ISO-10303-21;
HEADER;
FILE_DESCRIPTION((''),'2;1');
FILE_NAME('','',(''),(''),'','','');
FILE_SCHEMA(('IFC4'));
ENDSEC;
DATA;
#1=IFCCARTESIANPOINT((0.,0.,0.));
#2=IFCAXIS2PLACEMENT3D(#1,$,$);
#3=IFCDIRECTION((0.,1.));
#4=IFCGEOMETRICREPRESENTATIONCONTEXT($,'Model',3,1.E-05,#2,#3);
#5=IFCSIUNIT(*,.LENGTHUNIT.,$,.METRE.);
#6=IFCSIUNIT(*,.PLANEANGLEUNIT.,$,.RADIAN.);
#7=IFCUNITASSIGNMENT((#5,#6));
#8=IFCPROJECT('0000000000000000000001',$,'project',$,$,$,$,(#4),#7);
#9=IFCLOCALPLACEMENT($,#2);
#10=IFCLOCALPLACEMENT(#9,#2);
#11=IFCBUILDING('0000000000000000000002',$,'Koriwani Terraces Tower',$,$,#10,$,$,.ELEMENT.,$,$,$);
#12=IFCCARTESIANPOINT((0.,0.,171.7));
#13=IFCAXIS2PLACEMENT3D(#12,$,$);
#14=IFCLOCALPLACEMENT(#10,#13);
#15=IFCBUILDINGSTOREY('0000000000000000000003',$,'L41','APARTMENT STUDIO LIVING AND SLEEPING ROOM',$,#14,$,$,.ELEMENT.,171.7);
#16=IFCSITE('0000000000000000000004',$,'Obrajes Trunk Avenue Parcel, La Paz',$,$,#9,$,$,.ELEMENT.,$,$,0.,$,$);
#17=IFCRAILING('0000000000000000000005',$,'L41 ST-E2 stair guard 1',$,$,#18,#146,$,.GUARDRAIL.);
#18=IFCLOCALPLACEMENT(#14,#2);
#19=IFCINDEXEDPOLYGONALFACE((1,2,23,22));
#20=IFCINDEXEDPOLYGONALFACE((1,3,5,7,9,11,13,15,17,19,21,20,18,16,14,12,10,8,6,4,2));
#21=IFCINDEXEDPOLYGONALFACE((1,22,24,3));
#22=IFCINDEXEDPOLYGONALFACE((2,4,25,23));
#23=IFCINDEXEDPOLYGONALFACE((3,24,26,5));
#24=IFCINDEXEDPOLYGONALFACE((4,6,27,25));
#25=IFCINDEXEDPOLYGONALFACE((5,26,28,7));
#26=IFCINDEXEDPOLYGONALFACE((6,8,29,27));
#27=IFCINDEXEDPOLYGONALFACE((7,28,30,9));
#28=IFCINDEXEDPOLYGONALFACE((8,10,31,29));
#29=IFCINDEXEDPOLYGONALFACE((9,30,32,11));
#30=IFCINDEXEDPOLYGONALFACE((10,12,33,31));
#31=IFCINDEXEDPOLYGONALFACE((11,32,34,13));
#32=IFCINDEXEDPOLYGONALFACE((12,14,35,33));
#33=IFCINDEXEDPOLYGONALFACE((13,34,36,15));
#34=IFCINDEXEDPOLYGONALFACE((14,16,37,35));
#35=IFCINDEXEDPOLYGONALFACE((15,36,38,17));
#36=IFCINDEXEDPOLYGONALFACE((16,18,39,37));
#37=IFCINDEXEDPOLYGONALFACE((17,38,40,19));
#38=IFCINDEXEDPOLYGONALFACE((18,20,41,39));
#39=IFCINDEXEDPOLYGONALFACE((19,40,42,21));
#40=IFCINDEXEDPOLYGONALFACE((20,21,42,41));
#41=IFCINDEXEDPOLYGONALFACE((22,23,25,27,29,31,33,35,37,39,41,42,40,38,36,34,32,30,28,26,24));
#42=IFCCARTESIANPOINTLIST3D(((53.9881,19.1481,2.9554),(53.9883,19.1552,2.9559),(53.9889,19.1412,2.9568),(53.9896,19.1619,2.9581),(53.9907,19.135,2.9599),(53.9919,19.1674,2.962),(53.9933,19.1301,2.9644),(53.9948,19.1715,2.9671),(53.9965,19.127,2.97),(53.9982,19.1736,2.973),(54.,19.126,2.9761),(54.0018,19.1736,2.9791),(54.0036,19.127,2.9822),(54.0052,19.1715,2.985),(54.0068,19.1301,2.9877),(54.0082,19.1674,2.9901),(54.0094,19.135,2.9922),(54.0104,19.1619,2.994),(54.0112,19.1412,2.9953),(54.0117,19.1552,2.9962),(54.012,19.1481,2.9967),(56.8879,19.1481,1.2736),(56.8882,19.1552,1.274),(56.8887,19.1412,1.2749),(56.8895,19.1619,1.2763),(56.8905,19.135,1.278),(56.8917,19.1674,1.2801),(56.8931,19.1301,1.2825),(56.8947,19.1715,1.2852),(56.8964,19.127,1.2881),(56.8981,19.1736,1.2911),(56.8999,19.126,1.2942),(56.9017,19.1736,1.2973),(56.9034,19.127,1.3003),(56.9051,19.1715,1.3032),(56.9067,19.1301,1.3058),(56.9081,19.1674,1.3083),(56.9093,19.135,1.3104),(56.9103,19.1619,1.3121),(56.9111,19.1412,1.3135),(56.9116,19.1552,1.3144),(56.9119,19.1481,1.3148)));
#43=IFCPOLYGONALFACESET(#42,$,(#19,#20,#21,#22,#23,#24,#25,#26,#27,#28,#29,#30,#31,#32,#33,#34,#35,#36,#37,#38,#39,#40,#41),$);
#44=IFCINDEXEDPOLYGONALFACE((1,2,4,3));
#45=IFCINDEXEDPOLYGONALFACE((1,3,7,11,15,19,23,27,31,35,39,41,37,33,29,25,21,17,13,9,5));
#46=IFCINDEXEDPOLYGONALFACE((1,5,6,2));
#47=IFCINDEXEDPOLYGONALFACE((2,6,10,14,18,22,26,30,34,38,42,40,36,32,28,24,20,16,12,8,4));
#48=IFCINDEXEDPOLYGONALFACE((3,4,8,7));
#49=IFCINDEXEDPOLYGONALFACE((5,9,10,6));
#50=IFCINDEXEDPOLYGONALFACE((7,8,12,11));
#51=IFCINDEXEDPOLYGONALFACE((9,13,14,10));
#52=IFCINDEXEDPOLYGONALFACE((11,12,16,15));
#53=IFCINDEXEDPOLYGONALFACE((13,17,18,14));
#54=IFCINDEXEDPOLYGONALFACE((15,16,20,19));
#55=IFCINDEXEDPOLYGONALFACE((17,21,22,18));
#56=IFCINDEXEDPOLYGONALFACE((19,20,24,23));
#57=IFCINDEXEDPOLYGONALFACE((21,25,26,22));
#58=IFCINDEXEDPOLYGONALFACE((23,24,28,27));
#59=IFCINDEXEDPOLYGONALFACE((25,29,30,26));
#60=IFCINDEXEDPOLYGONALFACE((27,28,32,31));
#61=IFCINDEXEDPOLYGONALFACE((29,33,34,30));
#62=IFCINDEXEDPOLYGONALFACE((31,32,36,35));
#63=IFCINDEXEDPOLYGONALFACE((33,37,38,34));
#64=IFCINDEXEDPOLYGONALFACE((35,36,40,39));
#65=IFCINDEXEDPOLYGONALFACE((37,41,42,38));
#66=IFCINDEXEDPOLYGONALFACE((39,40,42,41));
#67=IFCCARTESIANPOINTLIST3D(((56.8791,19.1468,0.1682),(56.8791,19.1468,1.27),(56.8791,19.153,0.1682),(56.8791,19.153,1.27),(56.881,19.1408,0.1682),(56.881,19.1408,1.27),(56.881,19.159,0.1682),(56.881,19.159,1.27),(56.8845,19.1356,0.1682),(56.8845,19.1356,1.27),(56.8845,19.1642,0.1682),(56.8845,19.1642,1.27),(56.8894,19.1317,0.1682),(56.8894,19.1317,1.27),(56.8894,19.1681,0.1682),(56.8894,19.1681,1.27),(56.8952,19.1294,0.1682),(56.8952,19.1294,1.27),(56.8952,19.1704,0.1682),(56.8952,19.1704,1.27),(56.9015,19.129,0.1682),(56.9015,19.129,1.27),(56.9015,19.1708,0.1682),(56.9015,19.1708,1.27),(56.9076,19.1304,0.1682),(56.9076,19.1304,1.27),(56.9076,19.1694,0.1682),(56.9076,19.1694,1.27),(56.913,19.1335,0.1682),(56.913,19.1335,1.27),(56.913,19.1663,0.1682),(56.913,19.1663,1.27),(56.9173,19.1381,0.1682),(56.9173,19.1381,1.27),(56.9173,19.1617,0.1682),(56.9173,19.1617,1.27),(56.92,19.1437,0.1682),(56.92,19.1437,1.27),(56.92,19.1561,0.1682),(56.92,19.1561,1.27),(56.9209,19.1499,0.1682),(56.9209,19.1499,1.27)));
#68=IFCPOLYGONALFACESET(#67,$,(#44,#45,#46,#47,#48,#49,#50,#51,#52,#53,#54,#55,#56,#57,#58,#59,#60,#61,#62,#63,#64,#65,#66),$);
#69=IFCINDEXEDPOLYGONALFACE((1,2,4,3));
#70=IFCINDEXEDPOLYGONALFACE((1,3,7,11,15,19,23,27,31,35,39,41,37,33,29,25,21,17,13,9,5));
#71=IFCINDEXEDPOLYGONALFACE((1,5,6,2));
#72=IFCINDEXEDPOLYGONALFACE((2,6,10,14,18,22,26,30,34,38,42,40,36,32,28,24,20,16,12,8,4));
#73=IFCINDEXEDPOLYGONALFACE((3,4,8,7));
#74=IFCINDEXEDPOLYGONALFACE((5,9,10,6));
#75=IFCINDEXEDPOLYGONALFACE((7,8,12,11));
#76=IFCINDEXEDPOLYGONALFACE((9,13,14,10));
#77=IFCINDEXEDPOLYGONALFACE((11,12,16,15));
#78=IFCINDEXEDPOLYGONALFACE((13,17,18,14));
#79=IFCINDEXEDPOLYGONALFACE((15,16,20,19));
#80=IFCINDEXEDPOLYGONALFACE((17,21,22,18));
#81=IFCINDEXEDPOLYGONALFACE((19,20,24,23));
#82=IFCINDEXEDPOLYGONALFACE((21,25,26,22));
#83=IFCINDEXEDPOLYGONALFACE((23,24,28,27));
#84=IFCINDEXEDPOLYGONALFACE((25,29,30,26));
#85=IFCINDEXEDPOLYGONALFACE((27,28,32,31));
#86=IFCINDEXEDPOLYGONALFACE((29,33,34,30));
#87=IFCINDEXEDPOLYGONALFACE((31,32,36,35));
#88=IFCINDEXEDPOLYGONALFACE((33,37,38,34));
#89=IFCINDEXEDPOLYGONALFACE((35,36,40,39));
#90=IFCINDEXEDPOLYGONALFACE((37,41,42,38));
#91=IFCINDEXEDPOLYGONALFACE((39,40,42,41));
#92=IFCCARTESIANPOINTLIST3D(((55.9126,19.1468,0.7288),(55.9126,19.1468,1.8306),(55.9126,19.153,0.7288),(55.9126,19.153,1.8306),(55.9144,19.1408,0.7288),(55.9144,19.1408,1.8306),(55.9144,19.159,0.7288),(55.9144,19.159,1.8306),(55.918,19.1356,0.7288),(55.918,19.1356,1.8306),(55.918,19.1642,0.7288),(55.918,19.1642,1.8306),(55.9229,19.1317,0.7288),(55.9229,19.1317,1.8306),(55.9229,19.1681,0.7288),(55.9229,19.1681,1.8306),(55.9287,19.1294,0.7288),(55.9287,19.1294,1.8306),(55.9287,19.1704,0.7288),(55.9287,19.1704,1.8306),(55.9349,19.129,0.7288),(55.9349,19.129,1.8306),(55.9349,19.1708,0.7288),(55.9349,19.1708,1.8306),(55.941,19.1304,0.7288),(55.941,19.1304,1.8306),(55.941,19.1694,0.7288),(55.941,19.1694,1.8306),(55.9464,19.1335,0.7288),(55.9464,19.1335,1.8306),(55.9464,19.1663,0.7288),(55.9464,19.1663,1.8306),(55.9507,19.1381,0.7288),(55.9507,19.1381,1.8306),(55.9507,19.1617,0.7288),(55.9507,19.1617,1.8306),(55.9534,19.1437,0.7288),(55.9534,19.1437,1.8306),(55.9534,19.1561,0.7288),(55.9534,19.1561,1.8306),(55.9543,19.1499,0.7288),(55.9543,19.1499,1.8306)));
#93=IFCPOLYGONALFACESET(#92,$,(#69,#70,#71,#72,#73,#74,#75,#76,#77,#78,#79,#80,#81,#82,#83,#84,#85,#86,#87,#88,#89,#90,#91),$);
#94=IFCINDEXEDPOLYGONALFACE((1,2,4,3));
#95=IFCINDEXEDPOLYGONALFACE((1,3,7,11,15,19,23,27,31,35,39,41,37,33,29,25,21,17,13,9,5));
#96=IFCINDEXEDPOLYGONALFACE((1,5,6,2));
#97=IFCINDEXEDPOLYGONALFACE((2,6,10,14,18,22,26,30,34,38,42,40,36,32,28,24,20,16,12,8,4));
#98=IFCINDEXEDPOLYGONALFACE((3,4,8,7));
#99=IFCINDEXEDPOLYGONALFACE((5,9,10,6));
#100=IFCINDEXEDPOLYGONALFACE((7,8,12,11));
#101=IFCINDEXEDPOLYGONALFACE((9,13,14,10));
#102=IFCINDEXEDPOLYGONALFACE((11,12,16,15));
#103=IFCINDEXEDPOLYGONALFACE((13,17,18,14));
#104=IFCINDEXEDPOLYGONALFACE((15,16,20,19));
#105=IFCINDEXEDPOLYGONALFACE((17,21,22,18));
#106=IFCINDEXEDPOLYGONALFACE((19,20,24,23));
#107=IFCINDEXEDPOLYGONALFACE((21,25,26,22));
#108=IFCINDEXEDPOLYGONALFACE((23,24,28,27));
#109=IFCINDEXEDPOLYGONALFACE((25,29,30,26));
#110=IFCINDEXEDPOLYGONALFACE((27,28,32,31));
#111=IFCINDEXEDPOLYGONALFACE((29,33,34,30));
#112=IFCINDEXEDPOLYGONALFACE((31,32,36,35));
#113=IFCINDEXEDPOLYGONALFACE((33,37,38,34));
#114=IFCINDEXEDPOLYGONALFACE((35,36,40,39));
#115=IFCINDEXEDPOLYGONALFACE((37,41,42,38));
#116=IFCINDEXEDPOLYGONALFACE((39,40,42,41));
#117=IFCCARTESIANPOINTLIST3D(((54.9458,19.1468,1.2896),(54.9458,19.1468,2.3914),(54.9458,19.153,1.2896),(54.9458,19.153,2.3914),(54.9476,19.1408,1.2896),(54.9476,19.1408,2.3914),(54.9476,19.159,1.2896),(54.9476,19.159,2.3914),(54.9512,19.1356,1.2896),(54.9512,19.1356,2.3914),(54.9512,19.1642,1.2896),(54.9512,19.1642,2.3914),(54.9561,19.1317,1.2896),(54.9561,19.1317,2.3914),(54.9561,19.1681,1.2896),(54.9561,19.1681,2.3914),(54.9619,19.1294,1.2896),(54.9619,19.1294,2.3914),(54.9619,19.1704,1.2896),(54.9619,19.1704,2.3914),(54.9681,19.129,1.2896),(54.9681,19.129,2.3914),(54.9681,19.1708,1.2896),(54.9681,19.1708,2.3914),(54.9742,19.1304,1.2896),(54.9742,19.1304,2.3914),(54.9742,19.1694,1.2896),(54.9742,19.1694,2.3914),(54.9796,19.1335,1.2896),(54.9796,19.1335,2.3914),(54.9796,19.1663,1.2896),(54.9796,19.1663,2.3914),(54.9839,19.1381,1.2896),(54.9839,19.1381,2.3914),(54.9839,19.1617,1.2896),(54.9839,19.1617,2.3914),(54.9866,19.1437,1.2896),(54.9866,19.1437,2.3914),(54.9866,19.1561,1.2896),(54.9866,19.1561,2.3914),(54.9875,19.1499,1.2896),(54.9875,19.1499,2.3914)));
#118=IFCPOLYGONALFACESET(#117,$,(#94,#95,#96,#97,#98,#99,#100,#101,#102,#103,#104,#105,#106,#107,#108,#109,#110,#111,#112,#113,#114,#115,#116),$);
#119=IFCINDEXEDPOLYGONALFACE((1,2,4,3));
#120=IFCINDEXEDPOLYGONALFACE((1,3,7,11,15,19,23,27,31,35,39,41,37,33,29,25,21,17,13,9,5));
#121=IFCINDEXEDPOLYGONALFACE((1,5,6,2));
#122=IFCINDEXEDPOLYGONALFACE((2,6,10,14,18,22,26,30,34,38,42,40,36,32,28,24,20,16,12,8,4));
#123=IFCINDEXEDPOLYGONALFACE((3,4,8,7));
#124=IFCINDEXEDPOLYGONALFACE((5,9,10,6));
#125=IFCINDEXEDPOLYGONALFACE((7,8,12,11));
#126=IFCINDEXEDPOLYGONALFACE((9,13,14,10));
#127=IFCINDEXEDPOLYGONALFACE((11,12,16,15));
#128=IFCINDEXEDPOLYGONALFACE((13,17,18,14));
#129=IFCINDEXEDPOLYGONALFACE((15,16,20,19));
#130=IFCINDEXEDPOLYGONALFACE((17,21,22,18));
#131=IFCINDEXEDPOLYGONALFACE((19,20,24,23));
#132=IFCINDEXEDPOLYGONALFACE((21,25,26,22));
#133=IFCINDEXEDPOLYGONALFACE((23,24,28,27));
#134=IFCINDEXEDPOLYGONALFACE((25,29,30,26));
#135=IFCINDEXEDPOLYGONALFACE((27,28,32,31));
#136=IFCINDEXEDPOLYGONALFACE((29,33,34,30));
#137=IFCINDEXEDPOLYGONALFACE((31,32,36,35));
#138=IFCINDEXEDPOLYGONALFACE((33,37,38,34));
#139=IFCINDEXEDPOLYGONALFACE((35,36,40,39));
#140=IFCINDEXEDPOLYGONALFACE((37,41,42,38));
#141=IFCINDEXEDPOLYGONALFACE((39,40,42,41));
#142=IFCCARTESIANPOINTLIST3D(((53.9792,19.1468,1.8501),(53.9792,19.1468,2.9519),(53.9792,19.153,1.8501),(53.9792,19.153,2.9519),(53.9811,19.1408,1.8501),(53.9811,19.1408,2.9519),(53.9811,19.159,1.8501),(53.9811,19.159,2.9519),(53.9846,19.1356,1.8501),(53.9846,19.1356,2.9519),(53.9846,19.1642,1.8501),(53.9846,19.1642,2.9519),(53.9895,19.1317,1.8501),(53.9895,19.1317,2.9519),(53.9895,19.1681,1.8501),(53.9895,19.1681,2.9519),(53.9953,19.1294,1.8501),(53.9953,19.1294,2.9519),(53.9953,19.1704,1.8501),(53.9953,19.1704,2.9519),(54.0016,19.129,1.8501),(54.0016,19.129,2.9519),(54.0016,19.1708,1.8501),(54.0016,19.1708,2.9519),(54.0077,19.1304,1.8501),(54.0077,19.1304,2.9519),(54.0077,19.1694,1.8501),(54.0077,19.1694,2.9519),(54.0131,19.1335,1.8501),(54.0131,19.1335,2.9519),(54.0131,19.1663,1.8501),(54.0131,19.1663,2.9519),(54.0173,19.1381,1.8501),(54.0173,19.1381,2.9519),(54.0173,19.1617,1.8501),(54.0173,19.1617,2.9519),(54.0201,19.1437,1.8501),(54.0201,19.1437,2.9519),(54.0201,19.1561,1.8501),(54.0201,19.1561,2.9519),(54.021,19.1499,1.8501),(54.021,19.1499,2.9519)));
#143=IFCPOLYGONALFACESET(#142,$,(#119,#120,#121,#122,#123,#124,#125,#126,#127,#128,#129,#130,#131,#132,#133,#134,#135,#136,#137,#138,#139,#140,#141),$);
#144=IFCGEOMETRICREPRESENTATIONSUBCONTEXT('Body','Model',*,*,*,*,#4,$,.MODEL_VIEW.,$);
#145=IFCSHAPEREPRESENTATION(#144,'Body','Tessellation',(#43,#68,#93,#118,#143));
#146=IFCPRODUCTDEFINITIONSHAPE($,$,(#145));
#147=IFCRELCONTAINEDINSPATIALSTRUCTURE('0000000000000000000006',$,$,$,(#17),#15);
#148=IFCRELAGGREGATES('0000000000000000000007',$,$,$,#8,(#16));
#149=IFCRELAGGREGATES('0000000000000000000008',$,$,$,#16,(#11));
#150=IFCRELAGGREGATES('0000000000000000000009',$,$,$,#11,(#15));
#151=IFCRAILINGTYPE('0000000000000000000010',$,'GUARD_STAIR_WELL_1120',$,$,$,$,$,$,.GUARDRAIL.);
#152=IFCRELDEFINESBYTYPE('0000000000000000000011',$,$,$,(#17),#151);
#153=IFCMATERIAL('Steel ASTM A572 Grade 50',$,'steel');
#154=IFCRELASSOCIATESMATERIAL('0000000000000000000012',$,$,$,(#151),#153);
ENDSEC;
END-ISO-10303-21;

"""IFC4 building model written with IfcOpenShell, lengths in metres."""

from ifc_helpers import new_model, si_unit, direction, frame, origin, origin_2d, place, context, subcontext, project, spatial, circle, extrude, material, type_object, element, save


model = new_model("IFC4")

# Units and contexts
model_context = context("Model", 3, precision=1e-05, world=origin(), true_north=direction((0.0, 1.0)))
body_context = subcontext(model_context, "Body", "Model", "MODEL_VIEW")
ifc_project = project(units=[si_unit("LENGTHUNIT", "METRE"), si_unit("PLANEANGLEUNIT", "RADIAN")], contexts=[model_context])

# Site, building, storey
site_placement = place(None, origin())
site = spatial("IfcSite", under=ifc_project, at=site_placement, Name="Obrajes Trunk Avenue Parcel, La Paz", CompositionType="ELEMENT", RefElevation=0.0)
building_placement = place(site_placement, origin())
building = spatial("IfcBuilding", under=site, at=building_placement, Name="Koriwani Terraces Tower", CompositionType="ELEMENT")
storey_placement = place(building_placement, frame((0.0, 0.0, 171.7)))
storey = spatial("IfcBuildingStorey", under=building, at=storey_placement, Name="L41", Description="APARTMENT STUDIO LIVING AND SLEEPING ROOM", CompositionType="ELEMENT", Elevation=171.7)

# Shared definitions
ifc_material_1 = material(Name="Steel ASTM A572 Grade 50", Category="steel")

# Railing
railing_type_1 = type_object("IfcRailingType", Name="GUARD_STAIR_WELL_1120", PredefinedType="GUARDRAIL", material=ifc_material_1)
railing_1_placement = place(storey_placement, frame((56.8999, 19.1499, 0.1682)))
element("IfcRailing", 1, at=railing_1_placement, inside=storey, type_object=railing_type_1, Name="L41 ST-E2 stair guard 1", PredefinedType="GUARDRAIL", context=body_context, shape_type="SweptSolid", body=[
    extrude(circle(Radius=0.0239, at=origin_2d()), frame((0.0, 0.0, 1.126), z_axis=(-0.865039, 0.0, 0.501705), x_axis=(0.0, -1.0, 0.0)), (0.0, 0.0, 1.0), 3.3523),
    extrude(circle(Radius=0.021, at=origin_2d()), origin(), (0.0, 0.0, 1.0), 1.1018),
    extrude(circle(Radius=0.021, at=origin_2d()), frame((-0.9666, 0.0, 0.5605)), (0.0, 0.0, 1.0), 1.1018),
    extrude(circle(Radius=0.021, at=origin_2d()), frame((-1.9333, 0.0, 1.1213)), (0.0, 0.0, 1.0), 1.1018),
    extrude(circle(Radius=0.021, at=origin_2d()), frame((-2.8999, 0.0, 1.6819)), (0.0, 0.0, 1.0), 1.1018),
])

save(model, "model.ifc")
